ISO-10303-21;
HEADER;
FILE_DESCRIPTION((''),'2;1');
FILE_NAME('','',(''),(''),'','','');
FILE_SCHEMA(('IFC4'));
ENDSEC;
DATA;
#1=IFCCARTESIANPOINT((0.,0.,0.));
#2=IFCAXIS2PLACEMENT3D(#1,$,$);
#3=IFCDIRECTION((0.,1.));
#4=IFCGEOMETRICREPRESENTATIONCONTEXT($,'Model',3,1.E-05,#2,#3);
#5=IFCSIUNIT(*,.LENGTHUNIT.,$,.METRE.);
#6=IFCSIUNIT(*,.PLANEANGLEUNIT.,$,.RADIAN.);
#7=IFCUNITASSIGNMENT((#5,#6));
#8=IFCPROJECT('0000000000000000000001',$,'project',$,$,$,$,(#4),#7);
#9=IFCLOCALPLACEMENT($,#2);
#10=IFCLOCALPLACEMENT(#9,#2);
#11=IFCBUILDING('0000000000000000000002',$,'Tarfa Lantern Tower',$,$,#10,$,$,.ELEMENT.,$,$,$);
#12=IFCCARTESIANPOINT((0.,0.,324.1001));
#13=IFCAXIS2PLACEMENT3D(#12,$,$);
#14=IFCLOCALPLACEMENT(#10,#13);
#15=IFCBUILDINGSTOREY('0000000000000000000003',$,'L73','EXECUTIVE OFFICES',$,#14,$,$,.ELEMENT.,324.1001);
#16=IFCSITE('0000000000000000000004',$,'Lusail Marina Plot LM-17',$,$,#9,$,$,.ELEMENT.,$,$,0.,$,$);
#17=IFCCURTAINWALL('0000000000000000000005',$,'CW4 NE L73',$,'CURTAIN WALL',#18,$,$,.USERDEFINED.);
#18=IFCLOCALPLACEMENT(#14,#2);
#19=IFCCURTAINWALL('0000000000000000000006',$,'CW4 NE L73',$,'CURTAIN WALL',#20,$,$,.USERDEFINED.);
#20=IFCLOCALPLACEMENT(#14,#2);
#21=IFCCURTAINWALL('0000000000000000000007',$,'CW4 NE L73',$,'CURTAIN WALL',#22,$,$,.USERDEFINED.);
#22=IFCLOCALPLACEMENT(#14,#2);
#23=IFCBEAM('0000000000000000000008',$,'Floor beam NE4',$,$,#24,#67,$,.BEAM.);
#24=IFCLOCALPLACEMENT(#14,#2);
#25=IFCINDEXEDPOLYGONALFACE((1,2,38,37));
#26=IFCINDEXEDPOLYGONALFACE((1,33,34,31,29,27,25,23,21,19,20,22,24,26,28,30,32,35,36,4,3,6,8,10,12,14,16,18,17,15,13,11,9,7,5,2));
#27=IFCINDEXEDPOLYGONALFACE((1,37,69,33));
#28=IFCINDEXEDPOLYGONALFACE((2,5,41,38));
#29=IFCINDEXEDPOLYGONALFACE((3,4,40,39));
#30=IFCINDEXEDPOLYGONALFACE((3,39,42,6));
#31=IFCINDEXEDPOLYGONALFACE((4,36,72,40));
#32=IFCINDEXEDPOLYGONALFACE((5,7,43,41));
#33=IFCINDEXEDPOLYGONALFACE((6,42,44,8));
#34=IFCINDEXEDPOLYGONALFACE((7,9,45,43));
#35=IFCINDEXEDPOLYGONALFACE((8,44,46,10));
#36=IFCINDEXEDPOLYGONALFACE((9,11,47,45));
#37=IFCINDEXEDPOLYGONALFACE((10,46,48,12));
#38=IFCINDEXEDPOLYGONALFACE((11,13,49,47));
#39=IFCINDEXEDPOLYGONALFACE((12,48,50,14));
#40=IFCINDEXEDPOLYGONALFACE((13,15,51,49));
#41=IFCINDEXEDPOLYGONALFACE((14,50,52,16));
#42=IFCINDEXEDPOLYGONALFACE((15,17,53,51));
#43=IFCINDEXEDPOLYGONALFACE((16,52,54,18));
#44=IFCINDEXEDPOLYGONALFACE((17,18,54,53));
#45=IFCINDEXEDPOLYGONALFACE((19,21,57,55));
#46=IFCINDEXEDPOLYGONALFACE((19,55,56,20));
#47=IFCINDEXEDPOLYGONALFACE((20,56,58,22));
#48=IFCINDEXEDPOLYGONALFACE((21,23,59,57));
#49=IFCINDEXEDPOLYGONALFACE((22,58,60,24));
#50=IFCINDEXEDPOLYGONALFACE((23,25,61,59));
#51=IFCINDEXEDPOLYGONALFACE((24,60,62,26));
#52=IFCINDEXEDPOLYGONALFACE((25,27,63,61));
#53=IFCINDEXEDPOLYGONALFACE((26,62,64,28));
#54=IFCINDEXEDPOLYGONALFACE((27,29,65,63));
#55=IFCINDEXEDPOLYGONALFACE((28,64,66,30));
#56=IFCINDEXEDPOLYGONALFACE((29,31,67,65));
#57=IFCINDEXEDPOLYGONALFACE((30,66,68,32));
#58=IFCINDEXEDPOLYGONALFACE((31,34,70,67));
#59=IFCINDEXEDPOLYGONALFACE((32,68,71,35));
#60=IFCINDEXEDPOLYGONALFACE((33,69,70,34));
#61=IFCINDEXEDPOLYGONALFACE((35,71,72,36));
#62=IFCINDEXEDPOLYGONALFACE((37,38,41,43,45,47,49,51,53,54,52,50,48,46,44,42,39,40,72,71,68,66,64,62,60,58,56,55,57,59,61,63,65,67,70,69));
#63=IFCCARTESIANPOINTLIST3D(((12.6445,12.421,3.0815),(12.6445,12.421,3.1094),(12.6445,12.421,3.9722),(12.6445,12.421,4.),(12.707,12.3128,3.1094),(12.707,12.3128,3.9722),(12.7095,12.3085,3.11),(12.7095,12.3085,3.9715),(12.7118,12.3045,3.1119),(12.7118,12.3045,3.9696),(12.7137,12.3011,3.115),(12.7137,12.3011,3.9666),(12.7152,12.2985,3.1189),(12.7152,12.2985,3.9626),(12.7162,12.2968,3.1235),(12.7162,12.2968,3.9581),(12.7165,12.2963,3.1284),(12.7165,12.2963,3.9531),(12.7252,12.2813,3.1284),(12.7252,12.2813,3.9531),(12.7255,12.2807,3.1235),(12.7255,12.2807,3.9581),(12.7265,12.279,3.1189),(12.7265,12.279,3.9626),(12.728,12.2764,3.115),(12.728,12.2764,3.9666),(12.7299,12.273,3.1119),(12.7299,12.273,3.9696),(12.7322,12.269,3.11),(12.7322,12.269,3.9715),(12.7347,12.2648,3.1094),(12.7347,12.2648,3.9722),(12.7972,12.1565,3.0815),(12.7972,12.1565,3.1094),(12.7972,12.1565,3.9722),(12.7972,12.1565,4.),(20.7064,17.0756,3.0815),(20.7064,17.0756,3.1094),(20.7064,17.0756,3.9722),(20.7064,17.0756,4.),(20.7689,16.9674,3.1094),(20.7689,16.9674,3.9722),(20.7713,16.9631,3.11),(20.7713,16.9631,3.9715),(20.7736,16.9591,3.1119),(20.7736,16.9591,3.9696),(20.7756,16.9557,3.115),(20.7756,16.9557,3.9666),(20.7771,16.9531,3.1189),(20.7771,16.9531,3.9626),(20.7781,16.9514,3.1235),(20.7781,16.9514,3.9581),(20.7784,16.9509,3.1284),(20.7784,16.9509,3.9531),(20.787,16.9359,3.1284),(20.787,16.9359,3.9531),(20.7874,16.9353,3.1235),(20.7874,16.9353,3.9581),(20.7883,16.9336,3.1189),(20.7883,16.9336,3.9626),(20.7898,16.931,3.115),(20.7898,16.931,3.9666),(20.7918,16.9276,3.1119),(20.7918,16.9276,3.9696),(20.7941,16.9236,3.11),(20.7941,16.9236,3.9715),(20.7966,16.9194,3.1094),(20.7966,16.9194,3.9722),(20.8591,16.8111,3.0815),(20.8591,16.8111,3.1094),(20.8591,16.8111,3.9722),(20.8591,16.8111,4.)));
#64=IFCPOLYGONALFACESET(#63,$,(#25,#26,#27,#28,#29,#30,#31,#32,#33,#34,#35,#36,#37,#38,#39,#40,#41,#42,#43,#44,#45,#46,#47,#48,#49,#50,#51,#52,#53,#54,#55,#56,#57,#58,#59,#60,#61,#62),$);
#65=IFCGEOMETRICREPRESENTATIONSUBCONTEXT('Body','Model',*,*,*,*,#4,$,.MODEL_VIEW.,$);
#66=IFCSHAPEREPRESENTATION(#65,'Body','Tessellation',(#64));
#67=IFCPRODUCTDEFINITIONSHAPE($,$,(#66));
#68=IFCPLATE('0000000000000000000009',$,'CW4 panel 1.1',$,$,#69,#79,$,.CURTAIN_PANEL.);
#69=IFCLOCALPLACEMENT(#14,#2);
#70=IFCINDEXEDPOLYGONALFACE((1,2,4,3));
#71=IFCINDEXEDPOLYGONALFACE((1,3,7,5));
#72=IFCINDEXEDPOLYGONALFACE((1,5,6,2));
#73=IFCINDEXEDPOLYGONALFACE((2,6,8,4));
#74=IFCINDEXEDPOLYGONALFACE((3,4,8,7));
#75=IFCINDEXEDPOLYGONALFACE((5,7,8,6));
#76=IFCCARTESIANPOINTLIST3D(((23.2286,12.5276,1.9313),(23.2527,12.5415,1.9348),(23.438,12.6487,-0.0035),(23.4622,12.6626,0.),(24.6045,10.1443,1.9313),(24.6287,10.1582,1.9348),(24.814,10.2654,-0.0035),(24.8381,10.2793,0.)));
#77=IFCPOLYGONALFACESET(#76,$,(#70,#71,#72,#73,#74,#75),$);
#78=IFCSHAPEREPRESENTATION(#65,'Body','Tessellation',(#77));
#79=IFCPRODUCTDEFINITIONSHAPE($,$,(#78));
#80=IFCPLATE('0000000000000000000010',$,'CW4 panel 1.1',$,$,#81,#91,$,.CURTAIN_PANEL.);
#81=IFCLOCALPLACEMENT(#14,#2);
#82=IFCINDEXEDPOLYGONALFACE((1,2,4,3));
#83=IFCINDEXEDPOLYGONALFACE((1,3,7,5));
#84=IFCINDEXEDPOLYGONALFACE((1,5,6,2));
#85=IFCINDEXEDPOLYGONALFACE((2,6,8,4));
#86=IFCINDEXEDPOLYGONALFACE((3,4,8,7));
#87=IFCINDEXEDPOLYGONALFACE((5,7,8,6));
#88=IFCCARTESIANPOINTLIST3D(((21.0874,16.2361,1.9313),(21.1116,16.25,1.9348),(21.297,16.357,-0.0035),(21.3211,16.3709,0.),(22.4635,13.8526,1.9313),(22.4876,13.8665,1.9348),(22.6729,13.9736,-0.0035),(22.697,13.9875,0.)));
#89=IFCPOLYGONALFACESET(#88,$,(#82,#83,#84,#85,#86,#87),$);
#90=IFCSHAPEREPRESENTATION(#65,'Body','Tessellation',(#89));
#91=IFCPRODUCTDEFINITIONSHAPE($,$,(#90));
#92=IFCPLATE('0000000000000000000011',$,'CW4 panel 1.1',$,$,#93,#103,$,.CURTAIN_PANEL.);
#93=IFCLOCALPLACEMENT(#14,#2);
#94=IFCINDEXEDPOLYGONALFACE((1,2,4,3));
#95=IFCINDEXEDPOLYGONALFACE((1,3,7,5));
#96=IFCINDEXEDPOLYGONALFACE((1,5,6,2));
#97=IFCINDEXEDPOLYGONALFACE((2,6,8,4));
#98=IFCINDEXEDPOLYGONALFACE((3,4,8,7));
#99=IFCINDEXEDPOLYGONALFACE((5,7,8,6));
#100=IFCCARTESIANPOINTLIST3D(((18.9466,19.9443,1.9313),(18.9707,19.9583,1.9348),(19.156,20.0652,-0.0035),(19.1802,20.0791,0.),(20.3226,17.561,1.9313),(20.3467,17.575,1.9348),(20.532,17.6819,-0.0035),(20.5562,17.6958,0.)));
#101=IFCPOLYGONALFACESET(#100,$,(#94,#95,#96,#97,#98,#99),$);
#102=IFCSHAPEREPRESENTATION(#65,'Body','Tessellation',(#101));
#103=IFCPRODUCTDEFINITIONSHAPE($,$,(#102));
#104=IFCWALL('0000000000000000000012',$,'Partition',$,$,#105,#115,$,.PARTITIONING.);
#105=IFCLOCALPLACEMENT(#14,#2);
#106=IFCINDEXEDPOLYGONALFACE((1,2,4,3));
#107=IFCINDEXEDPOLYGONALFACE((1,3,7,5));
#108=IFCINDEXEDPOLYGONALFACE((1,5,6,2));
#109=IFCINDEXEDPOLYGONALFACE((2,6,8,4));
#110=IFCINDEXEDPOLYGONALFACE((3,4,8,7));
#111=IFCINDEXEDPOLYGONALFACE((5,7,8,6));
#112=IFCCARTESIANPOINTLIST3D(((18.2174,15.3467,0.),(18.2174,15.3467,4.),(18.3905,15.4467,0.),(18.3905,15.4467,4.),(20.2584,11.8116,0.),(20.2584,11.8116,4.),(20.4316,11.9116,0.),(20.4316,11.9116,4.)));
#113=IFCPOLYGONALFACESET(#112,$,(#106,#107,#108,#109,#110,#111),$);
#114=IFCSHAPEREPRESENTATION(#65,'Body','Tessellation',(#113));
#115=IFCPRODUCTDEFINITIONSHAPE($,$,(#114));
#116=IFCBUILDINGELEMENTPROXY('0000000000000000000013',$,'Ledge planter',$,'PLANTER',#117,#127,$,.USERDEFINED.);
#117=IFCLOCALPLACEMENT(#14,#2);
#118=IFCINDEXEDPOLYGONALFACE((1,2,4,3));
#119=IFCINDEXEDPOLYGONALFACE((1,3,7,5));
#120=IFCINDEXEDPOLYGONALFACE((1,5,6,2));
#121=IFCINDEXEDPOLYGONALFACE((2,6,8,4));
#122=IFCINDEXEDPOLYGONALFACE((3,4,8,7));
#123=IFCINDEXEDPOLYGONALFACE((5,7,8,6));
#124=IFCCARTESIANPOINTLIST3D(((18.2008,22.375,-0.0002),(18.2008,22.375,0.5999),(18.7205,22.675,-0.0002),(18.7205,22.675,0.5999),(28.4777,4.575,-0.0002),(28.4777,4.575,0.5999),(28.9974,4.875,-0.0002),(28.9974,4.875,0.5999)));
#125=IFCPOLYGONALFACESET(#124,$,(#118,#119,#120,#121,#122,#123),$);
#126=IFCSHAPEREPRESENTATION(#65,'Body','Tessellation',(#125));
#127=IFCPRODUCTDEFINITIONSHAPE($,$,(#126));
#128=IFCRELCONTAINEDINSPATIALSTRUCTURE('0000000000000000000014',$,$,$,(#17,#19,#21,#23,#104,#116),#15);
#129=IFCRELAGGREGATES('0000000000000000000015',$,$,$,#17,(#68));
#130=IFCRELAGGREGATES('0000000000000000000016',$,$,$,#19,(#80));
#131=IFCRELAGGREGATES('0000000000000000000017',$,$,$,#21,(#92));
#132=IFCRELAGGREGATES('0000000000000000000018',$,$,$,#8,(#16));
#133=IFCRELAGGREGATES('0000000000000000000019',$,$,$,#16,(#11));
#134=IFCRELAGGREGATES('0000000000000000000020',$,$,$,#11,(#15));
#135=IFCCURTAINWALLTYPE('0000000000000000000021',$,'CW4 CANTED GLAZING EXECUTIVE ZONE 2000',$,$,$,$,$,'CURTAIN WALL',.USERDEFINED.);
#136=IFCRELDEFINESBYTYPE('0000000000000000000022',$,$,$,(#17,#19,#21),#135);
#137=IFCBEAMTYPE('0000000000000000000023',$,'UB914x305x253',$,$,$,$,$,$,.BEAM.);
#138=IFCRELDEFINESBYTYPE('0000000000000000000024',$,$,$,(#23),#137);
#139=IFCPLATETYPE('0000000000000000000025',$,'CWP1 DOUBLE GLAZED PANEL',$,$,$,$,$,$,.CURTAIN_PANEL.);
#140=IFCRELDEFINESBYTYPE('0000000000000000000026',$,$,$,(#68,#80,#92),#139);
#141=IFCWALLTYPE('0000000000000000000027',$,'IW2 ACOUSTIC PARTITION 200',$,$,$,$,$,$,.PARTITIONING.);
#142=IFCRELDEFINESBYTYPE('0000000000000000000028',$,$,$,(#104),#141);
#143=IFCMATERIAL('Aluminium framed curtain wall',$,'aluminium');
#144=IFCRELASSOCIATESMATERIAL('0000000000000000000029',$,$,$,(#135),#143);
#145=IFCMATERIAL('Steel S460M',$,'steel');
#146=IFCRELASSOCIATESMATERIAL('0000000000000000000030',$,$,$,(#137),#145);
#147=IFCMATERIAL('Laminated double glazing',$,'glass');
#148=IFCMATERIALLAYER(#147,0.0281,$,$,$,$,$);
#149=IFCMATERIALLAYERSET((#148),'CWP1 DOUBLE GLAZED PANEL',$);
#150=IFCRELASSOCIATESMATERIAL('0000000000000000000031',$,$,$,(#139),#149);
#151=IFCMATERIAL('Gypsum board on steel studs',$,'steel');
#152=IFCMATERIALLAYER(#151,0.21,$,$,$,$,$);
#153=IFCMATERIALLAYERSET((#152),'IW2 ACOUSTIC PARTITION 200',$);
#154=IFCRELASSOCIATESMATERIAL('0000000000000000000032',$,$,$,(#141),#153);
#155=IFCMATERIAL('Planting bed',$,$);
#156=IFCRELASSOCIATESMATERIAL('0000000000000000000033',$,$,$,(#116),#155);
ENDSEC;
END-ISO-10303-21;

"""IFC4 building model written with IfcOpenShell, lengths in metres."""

from ifc_helpers import new_model, si_unit, direction, frame, frame_2d, origin, origin_2d, place, context, subcontext, project, spatial, polyline, rectangle, i_section, outline, extrude, material, layer, layer_set, material_profile, profile_set, type_object, element, aggregate, save


model = new_model("IFC4")

# Units and contexts
model_context = context("Model", 3, precision=1e-05, world=origin(), true_north=direction((0.0, 1.0)))
body_context = subcontext(model_context, "Body", "Model", "MODEL_VIEW")
ifc_project = project(units=[si_unit("LENGTHUNIT", "METRE"), si_unit("PLANEANGLEUNIT", "RADIAN")], contexts=[model_context])

# Site, building, storey
site_placement = place(None, origin())
site = spatial("IfcSite", under=ifc_project, at=site_placement, Name="Lusail Marina Plot LM-17", CompositionType="ELEMENT", RefElevation=0.0)
building_placement = place(site_placement, origin())
building = spatial("IfcBuilding", under=site, at=building_placement, Name="Tarfa Lantern Tower", CompositionType="ELEMENT")
storey_placement = place(building_placement, frame((0.0, 0.0, 324.1001)))
storey = spatial("IfcBuildingStorey", under=building, at=storey_placement, Name="L73", Description="EXECUTIVE OFFICES", CompositionType="ELEMENT", Elevation=324.1001)

# Curtain walls
ifc_material_1 = material(Name="Aluminium framed curtain wall", Category="aluminium")
curtain_wall_type = type_object("IfcCurtainWallType", Name="CW4 CANTED GLAZING EXECUTIVE ZONE 2000", ElementType="CURTAIN WALL", PredefinedType="USERDEFINED", material=ifc_material_1)
curtain_wall_1_placement = place(storey_placement, origin())
curtain_wall_1 = element("IfcCurtainWall", 1, at=curtain_wall_1_placement, inside=storey, type_object=curtain_wall_type, Name="CW4 NE L73", ObjectType="CURTAIN WALL", PredefinedType="USERDEFINED")
curtain_wall_2_placement = place(storey_placement, origin())
curtain_wall_2 = element("IfcCurtainWall", 2, at=curtain_wall_2_placement, inside=storey, type_object=curtain_wall_type, Name="CW4 NE L73", ObjectType="CURTAIN WALL", PredefinedType="USERDEFINED")

# Curtain wall
curtain_wall_3_placement = place(storey_placement, origin())
curtain_wall_3 = element("IfcCurtainWall", 3, at=curtain_wall_3_placement, inside=storey, type_object=curtain_wall_type, Name="CW4 NE L73", ObjectType="CURTAIN WALL", PredefinedType="USERDEFINED")

# Beam
ifc_material_2 = material(Name="Steel S460M", Category="steel")
ifc_material_profile_1 = material_profile(ifc_material_2, i_section(OverallWidth=0.3054, OverallDepth=0.9185, WebThickness=0.0173, FlangeThickness=0.0278, FilletRadius=0.019, at=origin_2d()), Name="UB914x305x253")
ifc_profile_set_1 = profile_set([ifc_material_profile_1], Name="Steel S460M")
beam_type_1 = type_object("IfcBeamType", Name="UB914x305x253", PredefinedType="BEAM", material=ifc_profile_set_1)
beam_1_placement = place(storey_placement, frame((20.7827, 16.9434, 3.5408), z_axis=(-0.866022, -0.500006, 0.0), x_axis=(0.500006, -0.866022, 0.0)))
element("IfcBeam", 4, at=beam_1_placement, inside=storey, type_object=beam_type_1, Name="Floor beam NE4", PredefinedType="BEAM", context=body_context, shape_type="SweptSolid", body=[
    extrude(i_section(OverallWidth=0.3054, OverallDepth=0.9185, WebThickness=0.0173, FlangeThickness=0.0278, FilletRadius=0.019, at=origin_2d()), origin(), (0.0, 0.0, 1.0), 9.3091),
])

# Plates
ifc_material_3 = material(Name="Laminated double glazing", Category="glass")
ifc_layer_1 = layer(ifc_material_3, 0.0281)
ifc_layer_set_1 = layer_set([ifc_layer_1], Name="CWP1 DOUBLE GLAZED PANEL")
plate_type = type_object("IfcPlateType", Name="CWP1 DOUBLE GLAZED PANEL", PredefinedType="CURTAIN_PANEL", material=ifc_layer_set_1)
plate_1_placement = place(storey_placement, frame((24.8381, 10.2793, 0.0), z_axis=(0.859336, 0.49613, 0.124087), x_axis=(-0.499994, 0.866029, 0.0)))
plate_1 = element("IfcPlate", 5, at=plate_1_placement, type_object=plate_type, Name="CW4 panel 1.1", PredefinedType="CURTAIN_PANEL", context=body_context, shape_type="SweptSolid", body=[
    extrude(outline(polyline([(0.0, 0.0), (2.752, 0.0), (2.7519, 1.9499), (-0.0001, 1.9499), (0.0, 0.0)])), origin(), (0.0, 0.0, -1.0), 0.0281),
])
aggregate(curtain_wall_1, [plate_1])
plate_2_placement = place(storey_placement, frame((22.697, 13.9875, 0.0), z_axis=(0.85935, 0.496112, 0.124056), x_axis=(-0.499975, 0.86604, 0.000003)))
plate_2 = element("IfcPlate", 6, at=plate_2_placement, type_object=plate_type, Name="CW4 panel 1.1", PredefinedType="CURTAIN_PANEL", context=body_context, shape_type="SweptSolid", body=[
    extrude(outline(polyline([(0.0, 0.0), (2.752, 0.0), (2.7521, 1.9499), (-0.0001, 1.9499), (0.0, 0.0)])), origin(), (0.0, 0.0, -1.0), 0.0281),
])
aggregate(curtain_wall_2, [plate_2])
plate_3_placement = place(storey_placement, frame((20.5562, 17.6958, 0.0), z_axis=(0.859342, 0.496133, 0.124025), x_axis=(-0.499994, 0.866029, 0.0)))
plate_3 = element("IfcPlate", 7, at=plate_3_placement, type_object=plate_type, Name="CW4 panel 1.1", PredefinedType="CURTAIN_PANEL", context=body_context, shape_type="SweptSolid", body=[
    extrude(outline(polyline([(0.0, 0.0), (2.752, 0.0), (2.7521, 1.9499), (0.0001, 1.9499), (0.0, 0.0)])), origin(), (0.0, 0.0, -1.0), 0.0281),
])
aggregate(curtain_wall_3, [plate_3])

# Wall
ifc_material_4 = material(Name="Gypsum board on steel studs", Category="steel")
ifc_layer_2 = layer(ifc_material_4, 0.21)
ifc_layer_set_2 = layer_set([ifc_layer_2], Name="IW2 ACOUSTIC PARTITION 200")
wall_type = type_object("IfcWallType", Name="IW2 ACOUSTIC PARTITION 200", PredefinedType="PARTITIONING", material=ifc_layer_set_2)
wall_placement = place(storey_placement, frame((20.345, 11.8616, 0.0), z_axis=(0.0, 0.0, 1.0), x_axis=(-0.499999, 0.866026, 0.0)))
element("IfcWall", 8, at=wall_placement, inside=storey, type_object=wall_type, Name="Partition", PredefinedType="PARTITIONING", context=body_context, shape_type="SweptSolid", body=[
    extrude(rectangle(XDim=4.082, YDim=0.2, at=frame_2d((2.041, 0.0))), origin(), (0.0, 0.0, 1.0), 4.0),
])

# Building element proxy
ifc_material_5 = material(Name="Planting bed")
proxy_placement = place(storey_placement, frame((23.5991, 13.625, -0.0002), z_axis=(0.0, 0.0, 1.0), x_axis=(-0.5, 0.866025, 0.0)))
element("IfcBuildingElementProxy", 9, at=proxy_placement, inside=storey, material=ifc_material_5, Name="Ledge planter", ObjectType="PLANTER", PredefinedType="USERDEFINED", context=body_context, shape_type="SweptSolid", body=[
    extrude(rectangle(XDim=20.5537, YDim=0.6001, at=origin_2d()), origin(), (0.0, 0.0, 1.0), 0.6001),
])

save(model, "model.ifc")
